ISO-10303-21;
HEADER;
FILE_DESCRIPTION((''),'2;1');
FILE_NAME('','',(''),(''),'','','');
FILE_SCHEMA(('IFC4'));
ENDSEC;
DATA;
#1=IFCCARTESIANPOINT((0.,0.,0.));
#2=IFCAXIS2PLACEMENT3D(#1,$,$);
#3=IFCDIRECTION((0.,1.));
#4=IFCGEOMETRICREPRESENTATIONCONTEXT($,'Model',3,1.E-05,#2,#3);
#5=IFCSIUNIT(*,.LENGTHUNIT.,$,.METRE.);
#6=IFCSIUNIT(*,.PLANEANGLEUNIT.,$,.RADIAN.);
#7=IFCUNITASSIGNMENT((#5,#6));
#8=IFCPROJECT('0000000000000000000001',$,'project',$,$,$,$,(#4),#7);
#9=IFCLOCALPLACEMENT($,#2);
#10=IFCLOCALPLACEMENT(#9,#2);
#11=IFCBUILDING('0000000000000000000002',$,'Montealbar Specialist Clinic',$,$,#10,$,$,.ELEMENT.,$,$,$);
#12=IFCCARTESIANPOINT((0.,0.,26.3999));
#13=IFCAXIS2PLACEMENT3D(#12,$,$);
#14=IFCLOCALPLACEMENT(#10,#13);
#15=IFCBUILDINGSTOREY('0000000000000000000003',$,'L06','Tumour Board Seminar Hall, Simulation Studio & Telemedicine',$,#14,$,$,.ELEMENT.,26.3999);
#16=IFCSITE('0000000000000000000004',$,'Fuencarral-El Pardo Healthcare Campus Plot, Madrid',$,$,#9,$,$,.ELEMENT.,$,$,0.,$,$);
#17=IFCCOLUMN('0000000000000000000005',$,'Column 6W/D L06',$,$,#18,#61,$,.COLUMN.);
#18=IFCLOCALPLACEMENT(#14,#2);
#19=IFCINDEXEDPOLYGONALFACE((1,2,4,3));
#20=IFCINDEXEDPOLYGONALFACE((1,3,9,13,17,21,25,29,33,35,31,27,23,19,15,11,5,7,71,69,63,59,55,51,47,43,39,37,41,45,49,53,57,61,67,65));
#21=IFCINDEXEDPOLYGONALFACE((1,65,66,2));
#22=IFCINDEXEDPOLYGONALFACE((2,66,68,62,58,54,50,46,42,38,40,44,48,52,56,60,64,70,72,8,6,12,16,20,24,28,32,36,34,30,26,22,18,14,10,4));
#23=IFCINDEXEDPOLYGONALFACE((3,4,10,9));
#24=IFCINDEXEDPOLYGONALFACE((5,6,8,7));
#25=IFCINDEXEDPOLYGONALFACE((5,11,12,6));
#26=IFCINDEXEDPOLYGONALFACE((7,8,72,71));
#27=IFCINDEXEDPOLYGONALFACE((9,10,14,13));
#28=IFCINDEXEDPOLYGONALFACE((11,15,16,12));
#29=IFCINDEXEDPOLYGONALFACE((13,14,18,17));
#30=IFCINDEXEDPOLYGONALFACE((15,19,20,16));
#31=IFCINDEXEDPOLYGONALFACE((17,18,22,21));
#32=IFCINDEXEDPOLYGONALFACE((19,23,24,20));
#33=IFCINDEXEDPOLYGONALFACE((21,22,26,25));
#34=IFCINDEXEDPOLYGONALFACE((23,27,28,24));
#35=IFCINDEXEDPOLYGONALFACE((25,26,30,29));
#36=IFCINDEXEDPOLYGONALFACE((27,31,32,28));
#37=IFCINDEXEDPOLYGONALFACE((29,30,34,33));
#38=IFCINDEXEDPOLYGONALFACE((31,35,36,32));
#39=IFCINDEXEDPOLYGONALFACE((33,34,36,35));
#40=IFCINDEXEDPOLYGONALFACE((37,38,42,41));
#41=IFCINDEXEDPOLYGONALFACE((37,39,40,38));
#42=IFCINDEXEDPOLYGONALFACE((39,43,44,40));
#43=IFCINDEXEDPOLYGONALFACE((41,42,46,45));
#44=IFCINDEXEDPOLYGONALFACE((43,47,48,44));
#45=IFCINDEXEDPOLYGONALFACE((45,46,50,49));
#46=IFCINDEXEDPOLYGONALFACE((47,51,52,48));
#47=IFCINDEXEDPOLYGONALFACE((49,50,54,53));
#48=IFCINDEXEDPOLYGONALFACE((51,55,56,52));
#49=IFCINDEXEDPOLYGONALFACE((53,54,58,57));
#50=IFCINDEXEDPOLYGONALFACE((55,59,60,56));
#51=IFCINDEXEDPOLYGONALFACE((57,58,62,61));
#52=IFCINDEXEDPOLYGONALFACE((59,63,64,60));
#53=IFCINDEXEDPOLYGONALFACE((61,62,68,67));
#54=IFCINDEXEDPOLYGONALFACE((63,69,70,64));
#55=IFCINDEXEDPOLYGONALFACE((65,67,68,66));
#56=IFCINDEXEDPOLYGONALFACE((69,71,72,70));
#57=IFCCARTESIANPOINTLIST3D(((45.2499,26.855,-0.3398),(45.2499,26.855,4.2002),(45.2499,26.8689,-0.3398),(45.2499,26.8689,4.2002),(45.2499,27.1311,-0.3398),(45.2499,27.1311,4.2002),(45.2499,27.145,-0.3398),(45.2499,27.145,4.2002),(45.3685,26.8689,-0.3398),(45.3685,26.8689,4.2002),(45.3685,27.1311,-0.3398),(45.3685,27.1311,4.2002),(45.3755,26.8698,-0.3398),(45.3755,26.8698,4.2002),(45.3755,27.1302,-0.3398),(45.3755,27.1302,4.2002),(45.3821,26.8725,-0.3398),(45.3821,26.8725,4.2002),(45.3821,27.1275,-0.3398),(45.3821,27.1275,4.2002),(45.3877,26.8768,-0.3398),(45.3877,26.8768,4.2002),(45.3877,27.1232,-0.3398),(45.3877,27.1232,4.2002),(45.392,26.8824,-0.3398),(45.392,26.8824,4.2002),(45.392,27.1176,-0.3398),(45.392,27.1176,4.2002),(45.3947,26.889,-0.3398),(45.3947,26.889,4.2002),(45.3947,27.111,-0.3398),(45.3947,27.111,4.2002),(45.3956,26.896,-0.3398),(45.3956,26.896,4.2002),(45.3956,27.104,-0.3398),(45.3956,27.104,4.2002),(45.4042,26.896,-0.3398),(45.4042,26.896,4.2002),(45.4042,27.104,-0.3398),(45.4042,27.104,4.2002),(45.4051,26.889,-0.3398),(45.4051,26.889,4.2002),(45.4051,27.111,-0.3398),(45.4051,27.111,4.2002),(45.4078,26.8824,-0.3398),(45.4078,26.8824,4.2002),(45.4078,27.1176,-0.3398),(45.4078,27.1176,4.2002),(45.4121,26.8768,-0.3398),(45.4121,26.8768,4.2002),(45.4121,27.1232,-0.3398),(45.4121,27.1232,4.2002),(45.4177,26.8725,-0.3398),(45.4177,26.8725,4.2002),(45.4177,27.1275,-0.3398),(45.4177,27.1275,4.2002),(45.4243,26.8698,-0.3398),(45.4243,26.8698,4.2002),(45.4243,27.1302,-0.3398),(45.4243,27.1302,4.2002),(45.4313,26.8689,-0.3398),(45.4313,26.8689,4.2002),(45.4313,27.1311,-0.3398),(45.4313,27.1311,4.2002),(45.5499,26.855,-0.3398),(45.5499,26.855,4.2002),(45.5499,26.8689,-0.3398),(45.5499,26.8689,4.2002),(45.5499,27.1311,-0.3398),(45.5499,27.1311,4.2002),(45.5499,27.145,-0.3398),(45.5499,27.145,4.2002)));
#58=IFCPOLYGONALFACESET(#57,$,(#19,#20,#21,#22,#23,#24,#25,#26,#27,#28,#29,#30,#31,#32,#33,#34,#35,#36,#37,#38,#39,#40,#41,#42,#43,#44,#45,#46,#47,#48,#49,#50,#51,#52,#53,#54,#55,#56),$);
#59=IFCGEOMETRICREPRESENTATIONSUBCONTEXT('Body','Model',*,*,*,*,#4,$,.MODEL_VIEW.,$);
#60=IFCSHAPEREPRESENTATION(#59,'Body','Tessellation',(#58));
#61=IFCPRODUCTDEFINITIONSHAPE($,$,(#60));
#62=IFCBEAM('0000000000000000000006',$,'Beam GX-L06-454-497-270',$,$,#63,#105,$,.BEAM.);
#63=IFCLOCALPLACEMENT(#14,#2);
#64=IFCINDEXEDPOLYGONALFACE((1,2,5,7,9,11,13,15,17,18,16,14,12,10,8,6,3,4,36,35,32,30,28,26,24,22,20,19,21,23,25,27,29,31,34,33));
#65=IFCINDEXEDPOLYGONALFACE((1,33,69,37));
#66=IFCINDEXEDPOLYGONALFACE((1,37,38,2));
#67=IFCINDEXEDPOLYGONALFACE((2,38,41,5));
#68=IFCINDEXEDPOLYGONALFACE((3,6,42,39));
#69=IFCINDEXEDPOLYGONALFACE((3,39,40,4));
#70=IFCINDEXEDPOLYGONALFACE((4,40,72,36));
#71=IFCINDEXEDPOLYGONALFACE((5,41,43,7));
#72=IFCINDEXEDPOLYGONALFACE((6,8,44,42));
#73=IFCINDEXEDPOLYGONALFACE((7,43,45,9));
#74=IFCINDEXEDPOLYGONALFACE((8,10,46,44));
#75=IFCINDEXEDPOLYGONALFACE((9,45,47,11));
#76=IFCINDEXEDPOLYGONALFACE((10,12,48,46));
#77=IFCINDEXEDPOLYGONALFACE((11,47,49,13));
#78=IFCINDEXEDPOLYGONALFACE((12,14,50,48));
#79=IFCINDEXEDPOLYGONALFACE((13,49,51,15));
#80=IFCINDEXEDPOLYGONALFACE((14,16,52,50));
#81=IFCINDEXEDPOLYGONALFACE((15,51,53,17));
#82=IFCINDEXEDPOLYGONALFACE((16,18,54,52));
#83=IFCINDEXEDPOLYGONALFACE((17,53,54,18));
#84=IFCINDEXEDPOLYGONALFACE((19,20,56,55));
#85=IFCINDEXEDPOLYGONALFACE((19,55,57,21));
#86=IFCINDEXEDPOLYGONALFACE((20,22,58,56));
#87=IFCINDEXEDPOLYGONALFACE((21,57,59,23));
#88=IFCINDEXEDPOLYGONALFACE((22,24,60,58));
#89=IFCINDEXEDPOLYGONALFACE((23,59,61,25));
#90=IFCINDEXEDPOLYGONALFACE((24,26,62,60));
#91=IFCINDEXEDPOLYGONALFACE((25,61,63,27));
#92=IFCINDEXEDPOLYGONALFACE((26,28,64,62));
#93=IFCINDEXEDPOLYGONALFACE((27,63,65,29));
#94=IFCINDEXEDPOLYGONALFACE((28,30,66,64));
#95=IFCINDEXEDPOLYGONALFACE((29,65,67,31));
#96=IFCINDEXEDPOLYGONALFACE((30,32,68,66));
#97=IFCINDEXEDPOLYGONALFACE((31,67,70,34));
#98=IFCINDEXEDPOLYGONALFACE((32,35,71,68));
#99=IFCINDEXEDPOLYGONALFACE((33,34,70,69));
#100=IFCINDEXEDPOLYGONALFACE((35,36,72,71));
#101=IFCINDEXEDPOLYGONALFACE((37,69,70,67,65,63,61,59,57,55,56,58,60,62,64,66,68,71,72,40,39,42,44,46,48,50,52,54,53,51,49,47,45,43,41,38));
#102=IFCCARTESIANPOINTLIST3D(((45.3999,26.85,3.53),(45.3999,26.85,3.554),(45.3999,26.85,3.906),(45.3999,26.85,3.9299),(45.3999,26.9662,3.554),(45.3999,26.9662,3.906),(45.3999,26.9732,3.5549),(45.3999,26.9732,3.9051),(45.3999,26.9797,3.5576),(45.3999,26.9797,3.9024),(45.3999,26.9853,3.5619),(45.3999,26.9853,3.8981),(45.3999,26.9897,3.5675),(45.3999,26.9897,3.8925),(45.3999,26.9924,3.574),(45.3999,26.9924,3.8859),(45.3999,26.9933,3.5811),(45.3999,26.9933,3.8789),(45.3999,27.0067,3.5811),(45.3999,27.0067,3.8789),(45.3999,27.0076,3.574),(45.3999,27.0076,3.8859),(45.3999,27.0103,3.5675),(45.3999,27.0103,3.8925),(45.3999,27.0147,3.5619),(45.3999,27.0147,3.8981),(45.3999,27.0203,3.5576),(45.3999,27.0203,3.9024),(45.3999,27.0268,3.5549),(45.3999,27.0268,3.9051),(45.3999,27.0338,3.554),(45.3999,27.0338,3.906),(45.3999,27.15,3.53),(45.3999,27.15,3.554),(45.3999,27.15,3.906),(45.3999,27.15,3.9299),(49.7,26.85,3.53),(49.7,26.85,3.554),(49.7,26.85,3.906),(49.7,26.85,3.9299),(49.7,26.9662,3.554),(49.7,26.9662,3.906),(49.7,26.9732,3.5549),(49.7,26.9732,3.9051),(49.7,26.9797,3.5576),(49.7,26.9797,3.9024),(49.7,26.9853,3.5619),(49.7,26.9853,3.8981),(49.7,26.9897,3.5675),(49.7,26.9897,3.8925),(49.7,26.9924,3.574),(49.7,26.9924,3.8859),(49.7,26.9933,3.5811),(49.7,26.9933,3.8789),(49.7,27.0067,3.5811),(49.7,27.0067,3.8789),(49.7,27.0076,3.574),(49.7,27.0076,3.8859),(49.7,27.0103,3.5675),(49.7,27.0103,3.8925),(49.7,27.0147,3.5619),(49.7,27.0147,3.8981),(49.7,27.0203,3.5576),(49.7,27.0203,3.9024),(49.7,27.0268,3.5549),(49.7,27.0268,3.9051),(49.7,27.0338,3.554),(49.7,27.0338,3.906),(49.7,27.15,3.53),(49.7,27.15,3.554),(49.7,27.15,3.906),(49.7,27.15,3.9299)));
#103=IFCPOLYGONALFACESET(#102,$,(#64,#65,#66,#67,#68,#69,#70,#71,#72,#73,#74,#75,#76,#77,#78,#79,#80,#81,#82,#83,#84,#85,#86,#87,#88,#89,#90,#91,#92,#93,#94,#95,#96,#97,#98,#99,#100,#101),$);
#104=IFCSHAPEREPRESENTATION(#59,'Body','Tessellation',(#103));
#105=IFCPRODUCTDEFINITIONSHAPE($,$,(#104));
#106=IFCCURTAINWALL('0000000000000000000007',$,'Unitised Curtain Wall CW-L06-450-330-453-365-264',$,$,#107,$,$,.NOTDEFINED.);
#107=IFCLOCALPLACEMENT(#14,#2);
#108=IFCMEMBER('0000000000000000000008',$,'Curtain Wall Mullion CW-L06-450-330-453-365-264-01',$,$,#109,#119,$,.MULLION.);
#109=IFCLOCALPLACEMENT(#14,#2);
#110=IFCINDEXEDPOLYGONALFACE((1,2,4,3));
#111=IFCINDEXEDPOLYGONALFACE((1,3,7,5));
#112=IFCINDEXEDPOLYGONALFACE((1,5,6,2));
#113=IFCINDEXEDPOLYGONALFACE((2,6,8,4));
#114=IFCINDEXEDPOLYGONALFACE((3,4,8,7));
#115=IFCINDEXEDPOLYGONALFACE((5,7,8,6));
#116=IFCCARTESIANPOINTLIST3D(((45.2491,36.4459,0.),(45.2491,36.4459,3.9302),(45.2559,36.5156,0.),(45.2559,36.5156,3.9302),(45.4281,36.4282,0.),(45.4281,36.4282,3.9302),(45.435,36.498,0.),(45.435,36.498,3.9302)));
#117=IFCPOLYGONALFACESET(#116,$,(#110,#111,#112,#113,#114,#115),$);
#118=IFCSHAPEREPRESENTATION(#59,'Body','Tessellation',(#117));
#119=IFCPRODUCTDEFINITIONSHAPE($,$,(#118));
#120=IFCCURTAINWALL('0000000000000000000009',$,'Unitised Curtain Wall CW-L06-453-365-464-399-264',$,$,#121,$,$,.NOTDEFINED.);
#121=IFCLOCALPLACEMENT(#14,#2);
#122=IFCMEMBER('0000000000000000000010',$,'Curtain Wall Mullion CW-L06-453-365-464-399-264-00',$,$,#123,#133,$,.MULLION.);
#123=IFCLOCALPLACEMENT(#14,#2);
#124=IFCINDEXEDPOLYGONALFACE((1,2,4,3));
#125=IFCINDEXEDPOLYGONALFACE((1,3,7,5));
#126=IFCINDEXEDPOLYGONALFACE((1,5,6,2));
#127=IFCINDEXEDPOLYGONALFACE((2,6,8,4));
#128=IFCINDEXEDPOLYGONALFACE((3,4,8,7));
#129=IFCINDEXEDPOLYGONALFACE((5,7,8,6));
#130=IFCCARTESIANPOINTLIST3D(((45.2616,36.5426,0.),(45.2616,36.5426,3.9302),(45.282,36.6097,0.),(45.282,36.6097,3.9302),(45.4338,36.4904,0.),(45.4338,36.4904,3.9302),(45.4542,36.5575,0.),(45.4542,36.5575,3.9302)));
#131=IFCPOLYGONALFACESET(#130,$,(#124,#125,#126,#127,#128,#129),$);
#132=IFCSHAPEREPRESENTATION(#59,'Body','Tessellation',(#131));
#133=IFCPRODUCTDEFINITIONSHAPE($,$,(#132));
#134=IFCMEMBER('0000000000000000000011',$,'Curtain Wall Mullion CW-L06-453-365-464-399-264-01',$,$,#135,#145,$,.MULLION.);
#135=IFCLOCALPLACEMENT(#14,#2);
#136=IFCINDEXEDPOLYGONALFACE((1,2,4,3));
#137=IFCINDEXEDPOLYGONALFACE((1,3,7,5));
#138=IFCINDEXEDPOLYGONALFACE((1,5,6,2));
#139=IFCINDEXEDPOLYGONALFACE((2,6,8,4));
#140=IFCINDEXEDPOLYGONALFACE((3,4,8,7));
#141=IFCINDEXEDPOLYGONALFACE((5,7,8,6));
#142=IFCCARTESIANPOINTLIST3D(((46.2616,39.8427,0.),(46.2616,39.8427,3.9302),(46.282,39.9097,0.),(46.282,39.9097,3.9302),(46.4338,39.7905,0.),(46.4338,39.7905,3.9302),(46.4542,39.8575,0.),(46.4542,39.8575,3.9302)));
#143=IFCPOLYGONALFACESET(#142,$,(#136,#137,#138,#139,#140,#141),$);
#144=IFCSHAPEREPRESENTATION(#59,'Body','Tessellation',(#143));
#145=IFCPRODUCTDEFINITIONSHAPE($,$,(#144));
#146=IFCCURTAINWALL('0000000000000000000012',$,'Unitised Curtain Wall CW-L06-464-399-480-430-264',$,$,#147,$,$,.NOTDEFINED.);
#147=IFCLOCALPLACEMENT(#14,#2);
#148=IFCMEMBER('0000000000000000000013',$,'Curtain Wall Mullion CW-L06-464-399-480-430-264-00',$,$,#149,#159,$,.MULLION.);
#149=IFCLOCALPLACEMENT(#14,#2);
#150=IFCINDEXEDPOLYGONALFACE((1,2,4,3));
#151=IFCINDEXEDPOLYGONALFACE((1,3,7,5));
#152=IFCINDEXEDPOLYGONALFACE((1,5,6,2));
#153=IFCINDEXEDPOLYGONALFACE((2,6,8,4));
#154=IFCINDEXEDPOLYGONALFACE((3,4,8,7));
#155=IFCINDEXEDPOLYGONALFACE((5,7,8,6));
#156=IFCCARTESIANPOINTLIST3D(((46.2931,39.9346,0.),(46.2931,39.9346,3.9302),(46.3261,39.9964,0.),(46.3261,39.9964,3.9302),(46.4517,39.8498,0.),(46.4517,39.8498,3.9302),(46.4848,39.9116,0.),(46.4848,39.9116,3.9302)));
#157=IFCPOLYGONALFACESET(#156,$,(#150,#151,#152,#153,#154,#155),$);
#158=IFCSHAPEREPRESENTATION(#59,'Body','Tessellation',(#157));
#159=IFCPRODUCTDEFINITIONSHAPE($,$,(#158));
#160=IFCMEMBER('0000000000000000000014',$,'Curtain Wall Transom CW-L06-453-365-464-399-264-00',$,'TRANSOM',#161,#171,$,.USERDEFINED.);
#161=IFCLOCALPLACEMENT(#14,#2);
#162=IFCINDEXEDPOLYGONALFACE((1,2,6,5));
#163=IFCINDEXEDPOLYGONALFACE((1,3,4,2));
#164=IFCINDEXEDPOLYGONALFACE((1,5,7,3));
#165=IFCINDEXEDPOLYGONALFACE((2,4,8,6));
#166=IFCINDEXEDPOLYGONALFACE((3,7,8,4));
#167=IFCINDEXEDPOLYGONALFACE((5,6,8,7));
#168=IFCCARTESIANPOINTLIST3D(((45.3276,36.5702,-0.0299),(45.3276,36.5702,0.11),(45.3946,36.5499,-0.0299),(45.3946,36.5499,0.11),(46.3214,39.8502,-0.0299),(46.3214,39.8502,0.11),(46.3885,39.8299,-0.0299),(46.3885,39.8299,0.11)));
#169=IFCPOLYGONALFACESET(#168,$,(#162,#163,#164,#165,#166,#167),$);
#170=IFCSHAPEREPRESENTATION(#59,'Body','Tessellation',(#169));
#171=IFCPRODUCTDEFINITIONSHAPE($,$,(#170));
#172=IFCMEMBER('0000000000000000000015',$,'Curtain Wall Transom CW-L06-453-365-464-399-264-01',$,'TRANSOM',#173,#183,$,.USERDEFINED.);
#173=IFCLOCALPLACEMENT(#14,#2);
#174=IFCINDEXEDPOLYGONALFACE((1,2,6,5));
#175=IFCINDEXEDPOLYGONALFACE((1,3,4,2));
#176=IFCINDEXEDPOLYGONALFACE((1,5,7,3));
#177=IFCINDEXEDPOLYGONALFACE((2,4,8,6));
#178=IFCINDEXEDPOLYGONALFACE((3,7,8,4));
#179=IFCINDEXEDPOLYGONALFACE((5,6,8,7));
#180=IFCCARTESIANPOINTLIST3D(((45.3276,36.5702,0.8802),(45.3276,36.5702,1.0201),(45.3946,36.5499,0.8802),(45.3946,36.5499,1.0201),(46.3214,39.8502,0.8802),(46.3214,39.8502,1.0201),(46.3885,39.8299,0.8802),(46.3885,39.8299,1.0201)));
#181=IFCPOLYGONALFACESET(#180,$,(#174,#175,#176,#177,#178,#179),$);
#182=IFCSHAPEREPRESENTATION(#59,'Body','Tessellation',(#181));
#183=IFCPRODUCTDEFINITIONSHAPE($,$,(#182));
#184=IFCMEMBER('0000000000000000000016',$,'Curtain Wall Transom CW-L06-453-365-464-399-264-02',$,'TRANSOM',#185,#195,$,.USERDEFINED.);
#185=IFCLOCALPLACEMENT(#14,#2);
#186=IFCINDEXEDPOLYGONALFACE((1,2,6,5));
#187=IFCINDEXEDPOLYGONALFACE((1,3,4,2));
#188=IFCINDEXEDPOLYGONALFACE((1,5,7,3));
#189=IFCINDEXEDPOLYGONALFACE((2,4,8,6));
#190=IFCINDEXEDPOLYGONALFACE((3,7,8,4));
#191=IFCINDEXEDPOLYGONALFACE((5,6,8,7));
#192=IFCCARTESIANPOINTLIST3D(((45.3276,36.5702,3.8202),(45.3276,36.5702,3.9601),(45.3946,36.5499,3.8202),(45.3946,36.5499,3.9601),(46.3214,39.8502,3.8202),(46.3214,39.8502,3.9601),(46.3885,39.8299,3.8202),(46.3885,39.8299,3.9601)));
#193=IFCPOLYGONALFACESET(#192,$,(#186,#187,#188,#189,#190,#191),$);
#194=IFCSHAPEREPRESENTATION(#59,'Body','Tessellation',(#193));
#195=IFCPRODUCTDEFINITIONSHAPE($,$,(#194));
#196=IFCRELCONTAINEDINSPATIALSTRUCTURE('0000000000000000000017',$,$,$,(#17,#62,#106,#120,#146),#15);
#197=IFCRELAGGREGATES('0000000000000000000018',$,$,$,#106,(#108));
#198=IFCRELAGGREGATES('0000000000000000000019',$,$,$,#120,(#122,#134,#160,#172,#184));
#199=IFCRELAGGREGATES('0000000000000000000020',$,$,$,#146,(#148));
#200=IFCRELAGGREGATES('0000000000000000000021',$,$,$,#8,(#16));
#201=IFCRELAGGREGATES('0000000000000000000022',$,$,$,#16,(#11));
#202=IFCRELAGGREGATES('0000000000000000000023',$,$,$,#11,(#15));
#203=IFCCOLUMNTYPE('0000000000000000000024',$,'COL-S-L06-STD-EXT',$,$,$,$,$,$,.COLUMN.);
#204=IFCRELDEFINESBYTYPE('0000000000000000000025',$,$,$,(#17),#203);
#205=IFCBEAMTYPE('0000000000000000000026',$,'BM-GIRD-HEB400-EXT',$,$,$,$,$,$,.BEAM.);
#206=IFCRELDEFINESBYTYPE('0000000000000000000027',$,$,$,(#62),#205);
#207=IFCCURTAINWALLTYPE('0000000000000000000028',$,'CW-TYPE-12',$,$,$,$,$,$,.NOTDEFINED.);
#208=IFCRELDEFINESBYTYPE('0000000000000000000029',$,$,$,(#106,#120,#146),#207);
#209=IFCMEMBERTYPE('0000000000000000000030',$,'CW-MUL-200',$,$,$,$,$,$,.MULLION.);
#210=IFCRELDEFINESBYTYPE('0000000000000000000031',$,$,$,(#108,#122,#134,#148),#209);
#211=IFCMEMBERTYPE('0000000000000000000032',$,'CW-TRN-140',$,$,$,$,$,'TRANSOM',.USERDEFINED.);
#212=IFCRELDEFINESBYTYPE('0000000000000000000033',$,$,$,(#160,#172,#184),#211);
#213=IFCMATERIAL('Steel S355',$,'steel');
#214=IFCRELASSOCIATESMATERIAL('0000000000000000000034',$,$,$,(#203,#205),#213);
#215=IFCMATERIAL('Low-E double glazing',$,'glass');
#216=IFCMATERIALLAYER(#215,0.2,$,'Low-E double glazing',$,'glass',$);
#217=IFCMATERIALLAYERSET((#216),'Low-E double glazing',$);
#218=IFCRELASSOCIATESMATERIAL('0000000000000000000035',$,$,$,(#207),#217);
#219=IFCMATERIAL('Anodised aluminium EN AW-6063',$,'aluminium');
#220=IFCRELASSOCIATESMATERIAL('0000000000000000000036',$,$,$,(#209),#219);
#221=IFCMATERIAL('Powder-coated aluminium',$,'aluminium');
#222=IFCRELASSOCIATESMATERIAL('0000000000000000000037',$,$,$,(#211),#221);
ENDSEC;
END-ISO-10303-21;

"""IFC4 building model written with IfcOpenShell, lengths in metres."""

from ifc_helpers import new_model, si_unit, direction, frame, origin, origin_2d, place, context, subcontext, project, spatial, rectangle, i_section, extrude, material, layer, layer_set, material_profile, profile_set, type_object, element, aggregate, save


model = new_model("IFC4")

# Units and contexts
model_context = context("Model", 3, precision=1e-05, world=origin(), true_north=direction((0.0, 1.0)))
body_context = subcontext(model_context, "Body", "Model", "MODEL_VIEW")
ifc_project = project(units=[si_unit("LENGTHUNIT", "METRE"), si_unit("PLANEANGLEUNIT", "RADIAN")], contexts=[model_context])

# Site, building, storey
site_placement = place(None, origin())
site = spatial("IfcSite", under=ifc_project, at=site_placement, Name="Fuencarral-El Pardo Healthcare Campus Plot, Madrid", CompositionType="ELEMENT", RefElevation=0.0)
building_placement = place(site_placement, origin())
building = spatial("IfcBuilding", under=site, at=building_placement, Name="Montealbar Specialist Clinic", CompositionType="ELEMENT")
storey_placement = place(building_placement, frame((0.0, 0.0, 26.3999)))
storey = spatial("IfcBuildingStorey", under=building, at=storey_placement, Name="L06", Description="Tumour Board Seminar Hall, Simulation Studio & Telemedicine", CompositionType="ELEMENT", Elevation=26.3999)

# Column
ifc_material_1 = material(Name="Steel S355", Category="steel")
ifc_material_profile_1 = material_profile(ifc_material_1, i_section(OverallWidth=0.3, OverallDepth=0.29, WebThickness=0.0085, FlangeThickness=0.0139, FilletRadius=0.0271, at=origin_2d()), Name="HEA 300", Category="steel")
ifc_profile_set_1 = profile_set([ifc_material_profile_1], Name="Steel S355")
column_type = type_object("IfcColumnType", Name="COL-S-L06-STD-EXT", PredefinedType="COLUMN", material=ifc_profile_set_1)
column_placement = place(storey_placement, frame((45.3999, 27.0, -0.3398), z_axis=(0.0, 0.0, 1.0), x_axis=(1.0, 0.0, 0.0)))
element("IfcColumn", 1, at=column_placement, inside=storey, type_object=column_type, Name="Column 6W/D L06", PredefinedType="COLUMN", context=body_context, shape_type="SweptSolid", body=[
    extrude(i_section(OverallWidth=0.3, OverallDepth=0.29, WebThickness=0.0085, FlangeThickness=0.0139, FilletRadius=0.0271, at=origin_2d()), origin(), (0.0, 0.0, 1.0), 4.54),
])

# Beam
ifc_material_profile_2 = material_profile(ifc_material_1, i_section(OverallWidth=0.3, OverallDepth=0.3999, WebThickness=0.0134, FlangeThickness=0.0239, FilletRadius=0.0271, at=origin_2d()), Name="HEB 400", Category="steel")
ifc_profile_set_2 = profile_set([ifc_material_profile_2], Name="Steel S355")
beam_type = type_object("IfcBeamType", Name="BM-GIRD-HEB400-EXT", PredefinedType="BEAM", material=ifc_profile_set_2)
beam_placement = place(storey_placement, frame((45.3999, 27.0, 3.73), z_axis=(1.0, 0.0, 0.0), x_axis=(0.0, 1.0, 0.0)))
element("IfcBeam", 2, at=beam_placement, inside=storey, type_object=beam_type, Name="Beam GX-L06-454-497-270", PredefinedType="BEAM", context=body_context, shape_type="SweptSolid", body=[
    extrude(i_section(OverallWidth=0.3, OverallDepth=0.3999, WebThickness=0.0134, FlangeThickness=0.0239, FilletRadius=0.0271, at=origin_2d()), origin(), (0.0, 0.0, 1.0), 4.3),
])

# Curtain wall, member
ifc_material_2 = material(Name="Low-E double glazing", Category="glass")
ifc_layer_1 = layer(ifc_material_2, 0.2, Name="Low-E double glazing", Category="glass")
ifc_layer_set_1 = layer_set([ifc_layer_1], Name="Low-E double glazing")
curtain_wall_type = type_object("IfcCurtainWallType", Name="CW-TYPE-12", PredefinedType="NOTDEFINED", material=ifc_layer_set_1)
curtain_wall_1_placement = place(storey_placement, origin())
curtain_wall_1 = element("IfcCurtainWall", 3, at=curtain_wall_1_placement, inside=storey, type_object=curtain_wall_type, Name="Unitised Curtain Wall CW-L06-450-330-453-365-264", PredefinedType="NOTDEFINED")
ifc_material_3 = material(Name="Anodised aluminium EN AW-6063", Category="aluminium")
ifc_material_profile_3 = material_profile(ifc_material_3, rectangle(XDim=0.0701, YDim=0.1799, at=origin_2d()), Name="ALU 70x180", Category="aluminium")
ifc_profile_set_3 = profile_set([ifc_material_profile_3], Name="Anodised aluminium EN AW-6063")
member_type_1 = type_object("IfcMemberType", Name="CW-MUL-200", PredefinedType="MULLION", material=ifc_profile_set_3)
member_1_placement = place(storey_placement, frame((45.342, 36.4719, 0.0), z_axis=(0.0, 0.0, 1.0), x_axis=(0.098045, 0.995182, 0.0)))
member_1 = element("IfcMember", 4, at=member_1_placement, type_object=member_type_1, Name="Curtain Wall Mullion CW-L06-450-330-453-365-264-01", PredefinedType="MULLION", context=body_context, shape_type="SweptSolid", body=[
    extrude(rectangle(XDim=0.0701, YDim=0.1799, at=origin_2d()), origin(), (0.0, 0.0, 1.0), 3.9302),
])
aggregate(curtain_wall_1, [member_1])

# Curtain wall, members
curtain_wall_2_placement = place(storey_placement, origin())
curtain_wall_2 = element("IfcCurtainWall", 5, at=curtain_wall_2_placement, inside=storey, type_object=curtain_wall_type, Name="Unitised Curtain Wall CW-L06-453-365-464-399-264", PredefinedType="NOTDEFINED")
member_2_placement = place(storey_placement, frame((45.3579, 36.55, 0.0), z_axis=(0.0, 0.0, 1.0), x_axis=(0.290259, 0.956948, 0.0)))
member_2 = element("IfcMember", 6, at=member_2_placement, type_object=member_type_1, Name="Curtain Wall Mullion CW-L06-453-365-464-399-264-00", PredefinedType="MULLION", context=body_context, shape_type="SweptSolid", body=[
    extrude(rectangle(XDim=0.0701, YDim=0.1799, at=origin_2d()), origin(), (0.0, 0.0, 1.0), 3.9302),
])
member_3_placement = place(storey_placement, frame((46.3579, 39.8501, 0.0), z_axis=(0.0, 0.0, 1.0), x_axis=(0.290259, 0.956948, 0.0)))
member_3 = element("IfcMember", 7, at=member_3_placement, type_object=member_type_1, Name="Curtain Wall Mullion CW-L06-453-365-464-399-264-01", PredefinedType="MULLION", context=body_context, shape_type="SweptSolid", body=[
    extrude(rectangle(XDim=0.0701, YDim=0.1799, at=origin_2d()), origin(), (0.0, 0.0, 1.0), 3.9302),
])

# Curtain wall, member
curtain_wall_3_placement = place(storey_placement, origin())
curtain_wall_3 = element("IfcCurtainWall", 8, at=curtain_wall_3_placement, inside=storey, type_object=curtain_wall_type, Name="Unitised Curtain Wall CW-L06-464-399-480-430-264", PredefinedType="NOTDEFINED")
member_4_placement = place(storey_placement, frame((46.3889, 39.9231, 0.0), z_axis=(0.0, 0.0, 1.0), x_axis=(0.471529, 0.88185, 0.0)))
member_4 = element("IfcMember", 9, at=member_4_placement, type_object=member_type_1, Name="Curtain Wall Mullion CW-L06-464-399-480-430-264-00", PredefinedType="MULLION", context=body_context, shape_type="SweptSolid", body=[
    extrude(rectangle(XDim=0.0701, YDim=0.1799, at=origin_2d()), origin(), (0.0, 0.0, 1.0), 3.9302),
])

# Members
ifc_material_4 = material(Name="Powder-coated aluminium", Category="aluminium")
ifc_material_profile_4 = material_profile(ifc_material_4, rectangle(XDim=0.0701, YDim=0.1399, at=origin_2d()), Name="ALU 70x140", Category="aluminium")
ifc_profile_set_4 = profile_set([ifc_material_profile_4], Name="Powder-coated aluminium")
member_type_2 = type_object("IfcMemberType", Name="CW-TRN-140", ElementType="TRANSOM", PredefinedType="USERDEFINED", material=ifc_profile_set_4)
member_5_placement = place(storey_placement, frame((45.3611, 36.5601, 0.04), z_axis=(0.289994, 0.957029, 0.0), x_axis=(-0.957029, 0.289994, 0.0)))
member_5 = element("IfcMember", 10, at=member_5_placement, type_object=member_type_2, Name="Curtain Wall Transom CW-L06-453-365-464-399-264-00", ObjectType="TRANSOM", PredefinedType="USERDEFINED", context=body_context, shape_type="SweptSolid", body=[
    extrude(rectangle(XDim=0.0701, YDim=0.1399, at=origin_2d()), origin(), (0.0, 0.0, 1.0), 3.4272),
])
member_6_placement = place(storey_placement, frame((45.3611, 36.5601, 0.9502), z_axis=(0.289994, 0.957029, 0.0), x_axis=(-0.957029, 0.289994, 0.0)))
member_6 = element("IfcMember", 11, at=member_6_placement, type_object=member_type_2, Name="Curtain Wall Transom CW-L06-453-365-464-399-264-01", ObjectType="TRANSOM", PredefinedType="USERDEFINED", context=body_context, shape_type="SweptSolid", body=[
    extrude(rectangle(XDim=0.0701, YDim=0.1399, at=origin_2d()), origin(), (0.0, 0.0, 1.0), 3.4272),
])
member_7_placement = place(storey_placement, frame((45.3611, 36.5601, 3.8901), z_axis=(0.289994, 0.957029, 0.0), x_axis=(-0.957029, 0.289994, 0.0)))
member_7 = element("IfcMember", 12, at=member_7_placement, type_object=member_type_2, Name="Curtain Wall Transom CW-L06-453-365-464-399-264-02", ObjectType="TRANSOM", PredefinedType="USERDEFINED", context=body_context, shape_type="SweptSolid", body=[
    extrude(rectangle(XDim=0.0701, YDim=0.1399, at=origin_2d()), origin(), (0.0, 0.0, 1.0), 3.4272),
])

aggregate(curtain_wall_2, [member_2, member_3, member_5, member_6, member_7])
aggregate(curtain_wall_3, [member_4])

save(model, "model.ifc")
